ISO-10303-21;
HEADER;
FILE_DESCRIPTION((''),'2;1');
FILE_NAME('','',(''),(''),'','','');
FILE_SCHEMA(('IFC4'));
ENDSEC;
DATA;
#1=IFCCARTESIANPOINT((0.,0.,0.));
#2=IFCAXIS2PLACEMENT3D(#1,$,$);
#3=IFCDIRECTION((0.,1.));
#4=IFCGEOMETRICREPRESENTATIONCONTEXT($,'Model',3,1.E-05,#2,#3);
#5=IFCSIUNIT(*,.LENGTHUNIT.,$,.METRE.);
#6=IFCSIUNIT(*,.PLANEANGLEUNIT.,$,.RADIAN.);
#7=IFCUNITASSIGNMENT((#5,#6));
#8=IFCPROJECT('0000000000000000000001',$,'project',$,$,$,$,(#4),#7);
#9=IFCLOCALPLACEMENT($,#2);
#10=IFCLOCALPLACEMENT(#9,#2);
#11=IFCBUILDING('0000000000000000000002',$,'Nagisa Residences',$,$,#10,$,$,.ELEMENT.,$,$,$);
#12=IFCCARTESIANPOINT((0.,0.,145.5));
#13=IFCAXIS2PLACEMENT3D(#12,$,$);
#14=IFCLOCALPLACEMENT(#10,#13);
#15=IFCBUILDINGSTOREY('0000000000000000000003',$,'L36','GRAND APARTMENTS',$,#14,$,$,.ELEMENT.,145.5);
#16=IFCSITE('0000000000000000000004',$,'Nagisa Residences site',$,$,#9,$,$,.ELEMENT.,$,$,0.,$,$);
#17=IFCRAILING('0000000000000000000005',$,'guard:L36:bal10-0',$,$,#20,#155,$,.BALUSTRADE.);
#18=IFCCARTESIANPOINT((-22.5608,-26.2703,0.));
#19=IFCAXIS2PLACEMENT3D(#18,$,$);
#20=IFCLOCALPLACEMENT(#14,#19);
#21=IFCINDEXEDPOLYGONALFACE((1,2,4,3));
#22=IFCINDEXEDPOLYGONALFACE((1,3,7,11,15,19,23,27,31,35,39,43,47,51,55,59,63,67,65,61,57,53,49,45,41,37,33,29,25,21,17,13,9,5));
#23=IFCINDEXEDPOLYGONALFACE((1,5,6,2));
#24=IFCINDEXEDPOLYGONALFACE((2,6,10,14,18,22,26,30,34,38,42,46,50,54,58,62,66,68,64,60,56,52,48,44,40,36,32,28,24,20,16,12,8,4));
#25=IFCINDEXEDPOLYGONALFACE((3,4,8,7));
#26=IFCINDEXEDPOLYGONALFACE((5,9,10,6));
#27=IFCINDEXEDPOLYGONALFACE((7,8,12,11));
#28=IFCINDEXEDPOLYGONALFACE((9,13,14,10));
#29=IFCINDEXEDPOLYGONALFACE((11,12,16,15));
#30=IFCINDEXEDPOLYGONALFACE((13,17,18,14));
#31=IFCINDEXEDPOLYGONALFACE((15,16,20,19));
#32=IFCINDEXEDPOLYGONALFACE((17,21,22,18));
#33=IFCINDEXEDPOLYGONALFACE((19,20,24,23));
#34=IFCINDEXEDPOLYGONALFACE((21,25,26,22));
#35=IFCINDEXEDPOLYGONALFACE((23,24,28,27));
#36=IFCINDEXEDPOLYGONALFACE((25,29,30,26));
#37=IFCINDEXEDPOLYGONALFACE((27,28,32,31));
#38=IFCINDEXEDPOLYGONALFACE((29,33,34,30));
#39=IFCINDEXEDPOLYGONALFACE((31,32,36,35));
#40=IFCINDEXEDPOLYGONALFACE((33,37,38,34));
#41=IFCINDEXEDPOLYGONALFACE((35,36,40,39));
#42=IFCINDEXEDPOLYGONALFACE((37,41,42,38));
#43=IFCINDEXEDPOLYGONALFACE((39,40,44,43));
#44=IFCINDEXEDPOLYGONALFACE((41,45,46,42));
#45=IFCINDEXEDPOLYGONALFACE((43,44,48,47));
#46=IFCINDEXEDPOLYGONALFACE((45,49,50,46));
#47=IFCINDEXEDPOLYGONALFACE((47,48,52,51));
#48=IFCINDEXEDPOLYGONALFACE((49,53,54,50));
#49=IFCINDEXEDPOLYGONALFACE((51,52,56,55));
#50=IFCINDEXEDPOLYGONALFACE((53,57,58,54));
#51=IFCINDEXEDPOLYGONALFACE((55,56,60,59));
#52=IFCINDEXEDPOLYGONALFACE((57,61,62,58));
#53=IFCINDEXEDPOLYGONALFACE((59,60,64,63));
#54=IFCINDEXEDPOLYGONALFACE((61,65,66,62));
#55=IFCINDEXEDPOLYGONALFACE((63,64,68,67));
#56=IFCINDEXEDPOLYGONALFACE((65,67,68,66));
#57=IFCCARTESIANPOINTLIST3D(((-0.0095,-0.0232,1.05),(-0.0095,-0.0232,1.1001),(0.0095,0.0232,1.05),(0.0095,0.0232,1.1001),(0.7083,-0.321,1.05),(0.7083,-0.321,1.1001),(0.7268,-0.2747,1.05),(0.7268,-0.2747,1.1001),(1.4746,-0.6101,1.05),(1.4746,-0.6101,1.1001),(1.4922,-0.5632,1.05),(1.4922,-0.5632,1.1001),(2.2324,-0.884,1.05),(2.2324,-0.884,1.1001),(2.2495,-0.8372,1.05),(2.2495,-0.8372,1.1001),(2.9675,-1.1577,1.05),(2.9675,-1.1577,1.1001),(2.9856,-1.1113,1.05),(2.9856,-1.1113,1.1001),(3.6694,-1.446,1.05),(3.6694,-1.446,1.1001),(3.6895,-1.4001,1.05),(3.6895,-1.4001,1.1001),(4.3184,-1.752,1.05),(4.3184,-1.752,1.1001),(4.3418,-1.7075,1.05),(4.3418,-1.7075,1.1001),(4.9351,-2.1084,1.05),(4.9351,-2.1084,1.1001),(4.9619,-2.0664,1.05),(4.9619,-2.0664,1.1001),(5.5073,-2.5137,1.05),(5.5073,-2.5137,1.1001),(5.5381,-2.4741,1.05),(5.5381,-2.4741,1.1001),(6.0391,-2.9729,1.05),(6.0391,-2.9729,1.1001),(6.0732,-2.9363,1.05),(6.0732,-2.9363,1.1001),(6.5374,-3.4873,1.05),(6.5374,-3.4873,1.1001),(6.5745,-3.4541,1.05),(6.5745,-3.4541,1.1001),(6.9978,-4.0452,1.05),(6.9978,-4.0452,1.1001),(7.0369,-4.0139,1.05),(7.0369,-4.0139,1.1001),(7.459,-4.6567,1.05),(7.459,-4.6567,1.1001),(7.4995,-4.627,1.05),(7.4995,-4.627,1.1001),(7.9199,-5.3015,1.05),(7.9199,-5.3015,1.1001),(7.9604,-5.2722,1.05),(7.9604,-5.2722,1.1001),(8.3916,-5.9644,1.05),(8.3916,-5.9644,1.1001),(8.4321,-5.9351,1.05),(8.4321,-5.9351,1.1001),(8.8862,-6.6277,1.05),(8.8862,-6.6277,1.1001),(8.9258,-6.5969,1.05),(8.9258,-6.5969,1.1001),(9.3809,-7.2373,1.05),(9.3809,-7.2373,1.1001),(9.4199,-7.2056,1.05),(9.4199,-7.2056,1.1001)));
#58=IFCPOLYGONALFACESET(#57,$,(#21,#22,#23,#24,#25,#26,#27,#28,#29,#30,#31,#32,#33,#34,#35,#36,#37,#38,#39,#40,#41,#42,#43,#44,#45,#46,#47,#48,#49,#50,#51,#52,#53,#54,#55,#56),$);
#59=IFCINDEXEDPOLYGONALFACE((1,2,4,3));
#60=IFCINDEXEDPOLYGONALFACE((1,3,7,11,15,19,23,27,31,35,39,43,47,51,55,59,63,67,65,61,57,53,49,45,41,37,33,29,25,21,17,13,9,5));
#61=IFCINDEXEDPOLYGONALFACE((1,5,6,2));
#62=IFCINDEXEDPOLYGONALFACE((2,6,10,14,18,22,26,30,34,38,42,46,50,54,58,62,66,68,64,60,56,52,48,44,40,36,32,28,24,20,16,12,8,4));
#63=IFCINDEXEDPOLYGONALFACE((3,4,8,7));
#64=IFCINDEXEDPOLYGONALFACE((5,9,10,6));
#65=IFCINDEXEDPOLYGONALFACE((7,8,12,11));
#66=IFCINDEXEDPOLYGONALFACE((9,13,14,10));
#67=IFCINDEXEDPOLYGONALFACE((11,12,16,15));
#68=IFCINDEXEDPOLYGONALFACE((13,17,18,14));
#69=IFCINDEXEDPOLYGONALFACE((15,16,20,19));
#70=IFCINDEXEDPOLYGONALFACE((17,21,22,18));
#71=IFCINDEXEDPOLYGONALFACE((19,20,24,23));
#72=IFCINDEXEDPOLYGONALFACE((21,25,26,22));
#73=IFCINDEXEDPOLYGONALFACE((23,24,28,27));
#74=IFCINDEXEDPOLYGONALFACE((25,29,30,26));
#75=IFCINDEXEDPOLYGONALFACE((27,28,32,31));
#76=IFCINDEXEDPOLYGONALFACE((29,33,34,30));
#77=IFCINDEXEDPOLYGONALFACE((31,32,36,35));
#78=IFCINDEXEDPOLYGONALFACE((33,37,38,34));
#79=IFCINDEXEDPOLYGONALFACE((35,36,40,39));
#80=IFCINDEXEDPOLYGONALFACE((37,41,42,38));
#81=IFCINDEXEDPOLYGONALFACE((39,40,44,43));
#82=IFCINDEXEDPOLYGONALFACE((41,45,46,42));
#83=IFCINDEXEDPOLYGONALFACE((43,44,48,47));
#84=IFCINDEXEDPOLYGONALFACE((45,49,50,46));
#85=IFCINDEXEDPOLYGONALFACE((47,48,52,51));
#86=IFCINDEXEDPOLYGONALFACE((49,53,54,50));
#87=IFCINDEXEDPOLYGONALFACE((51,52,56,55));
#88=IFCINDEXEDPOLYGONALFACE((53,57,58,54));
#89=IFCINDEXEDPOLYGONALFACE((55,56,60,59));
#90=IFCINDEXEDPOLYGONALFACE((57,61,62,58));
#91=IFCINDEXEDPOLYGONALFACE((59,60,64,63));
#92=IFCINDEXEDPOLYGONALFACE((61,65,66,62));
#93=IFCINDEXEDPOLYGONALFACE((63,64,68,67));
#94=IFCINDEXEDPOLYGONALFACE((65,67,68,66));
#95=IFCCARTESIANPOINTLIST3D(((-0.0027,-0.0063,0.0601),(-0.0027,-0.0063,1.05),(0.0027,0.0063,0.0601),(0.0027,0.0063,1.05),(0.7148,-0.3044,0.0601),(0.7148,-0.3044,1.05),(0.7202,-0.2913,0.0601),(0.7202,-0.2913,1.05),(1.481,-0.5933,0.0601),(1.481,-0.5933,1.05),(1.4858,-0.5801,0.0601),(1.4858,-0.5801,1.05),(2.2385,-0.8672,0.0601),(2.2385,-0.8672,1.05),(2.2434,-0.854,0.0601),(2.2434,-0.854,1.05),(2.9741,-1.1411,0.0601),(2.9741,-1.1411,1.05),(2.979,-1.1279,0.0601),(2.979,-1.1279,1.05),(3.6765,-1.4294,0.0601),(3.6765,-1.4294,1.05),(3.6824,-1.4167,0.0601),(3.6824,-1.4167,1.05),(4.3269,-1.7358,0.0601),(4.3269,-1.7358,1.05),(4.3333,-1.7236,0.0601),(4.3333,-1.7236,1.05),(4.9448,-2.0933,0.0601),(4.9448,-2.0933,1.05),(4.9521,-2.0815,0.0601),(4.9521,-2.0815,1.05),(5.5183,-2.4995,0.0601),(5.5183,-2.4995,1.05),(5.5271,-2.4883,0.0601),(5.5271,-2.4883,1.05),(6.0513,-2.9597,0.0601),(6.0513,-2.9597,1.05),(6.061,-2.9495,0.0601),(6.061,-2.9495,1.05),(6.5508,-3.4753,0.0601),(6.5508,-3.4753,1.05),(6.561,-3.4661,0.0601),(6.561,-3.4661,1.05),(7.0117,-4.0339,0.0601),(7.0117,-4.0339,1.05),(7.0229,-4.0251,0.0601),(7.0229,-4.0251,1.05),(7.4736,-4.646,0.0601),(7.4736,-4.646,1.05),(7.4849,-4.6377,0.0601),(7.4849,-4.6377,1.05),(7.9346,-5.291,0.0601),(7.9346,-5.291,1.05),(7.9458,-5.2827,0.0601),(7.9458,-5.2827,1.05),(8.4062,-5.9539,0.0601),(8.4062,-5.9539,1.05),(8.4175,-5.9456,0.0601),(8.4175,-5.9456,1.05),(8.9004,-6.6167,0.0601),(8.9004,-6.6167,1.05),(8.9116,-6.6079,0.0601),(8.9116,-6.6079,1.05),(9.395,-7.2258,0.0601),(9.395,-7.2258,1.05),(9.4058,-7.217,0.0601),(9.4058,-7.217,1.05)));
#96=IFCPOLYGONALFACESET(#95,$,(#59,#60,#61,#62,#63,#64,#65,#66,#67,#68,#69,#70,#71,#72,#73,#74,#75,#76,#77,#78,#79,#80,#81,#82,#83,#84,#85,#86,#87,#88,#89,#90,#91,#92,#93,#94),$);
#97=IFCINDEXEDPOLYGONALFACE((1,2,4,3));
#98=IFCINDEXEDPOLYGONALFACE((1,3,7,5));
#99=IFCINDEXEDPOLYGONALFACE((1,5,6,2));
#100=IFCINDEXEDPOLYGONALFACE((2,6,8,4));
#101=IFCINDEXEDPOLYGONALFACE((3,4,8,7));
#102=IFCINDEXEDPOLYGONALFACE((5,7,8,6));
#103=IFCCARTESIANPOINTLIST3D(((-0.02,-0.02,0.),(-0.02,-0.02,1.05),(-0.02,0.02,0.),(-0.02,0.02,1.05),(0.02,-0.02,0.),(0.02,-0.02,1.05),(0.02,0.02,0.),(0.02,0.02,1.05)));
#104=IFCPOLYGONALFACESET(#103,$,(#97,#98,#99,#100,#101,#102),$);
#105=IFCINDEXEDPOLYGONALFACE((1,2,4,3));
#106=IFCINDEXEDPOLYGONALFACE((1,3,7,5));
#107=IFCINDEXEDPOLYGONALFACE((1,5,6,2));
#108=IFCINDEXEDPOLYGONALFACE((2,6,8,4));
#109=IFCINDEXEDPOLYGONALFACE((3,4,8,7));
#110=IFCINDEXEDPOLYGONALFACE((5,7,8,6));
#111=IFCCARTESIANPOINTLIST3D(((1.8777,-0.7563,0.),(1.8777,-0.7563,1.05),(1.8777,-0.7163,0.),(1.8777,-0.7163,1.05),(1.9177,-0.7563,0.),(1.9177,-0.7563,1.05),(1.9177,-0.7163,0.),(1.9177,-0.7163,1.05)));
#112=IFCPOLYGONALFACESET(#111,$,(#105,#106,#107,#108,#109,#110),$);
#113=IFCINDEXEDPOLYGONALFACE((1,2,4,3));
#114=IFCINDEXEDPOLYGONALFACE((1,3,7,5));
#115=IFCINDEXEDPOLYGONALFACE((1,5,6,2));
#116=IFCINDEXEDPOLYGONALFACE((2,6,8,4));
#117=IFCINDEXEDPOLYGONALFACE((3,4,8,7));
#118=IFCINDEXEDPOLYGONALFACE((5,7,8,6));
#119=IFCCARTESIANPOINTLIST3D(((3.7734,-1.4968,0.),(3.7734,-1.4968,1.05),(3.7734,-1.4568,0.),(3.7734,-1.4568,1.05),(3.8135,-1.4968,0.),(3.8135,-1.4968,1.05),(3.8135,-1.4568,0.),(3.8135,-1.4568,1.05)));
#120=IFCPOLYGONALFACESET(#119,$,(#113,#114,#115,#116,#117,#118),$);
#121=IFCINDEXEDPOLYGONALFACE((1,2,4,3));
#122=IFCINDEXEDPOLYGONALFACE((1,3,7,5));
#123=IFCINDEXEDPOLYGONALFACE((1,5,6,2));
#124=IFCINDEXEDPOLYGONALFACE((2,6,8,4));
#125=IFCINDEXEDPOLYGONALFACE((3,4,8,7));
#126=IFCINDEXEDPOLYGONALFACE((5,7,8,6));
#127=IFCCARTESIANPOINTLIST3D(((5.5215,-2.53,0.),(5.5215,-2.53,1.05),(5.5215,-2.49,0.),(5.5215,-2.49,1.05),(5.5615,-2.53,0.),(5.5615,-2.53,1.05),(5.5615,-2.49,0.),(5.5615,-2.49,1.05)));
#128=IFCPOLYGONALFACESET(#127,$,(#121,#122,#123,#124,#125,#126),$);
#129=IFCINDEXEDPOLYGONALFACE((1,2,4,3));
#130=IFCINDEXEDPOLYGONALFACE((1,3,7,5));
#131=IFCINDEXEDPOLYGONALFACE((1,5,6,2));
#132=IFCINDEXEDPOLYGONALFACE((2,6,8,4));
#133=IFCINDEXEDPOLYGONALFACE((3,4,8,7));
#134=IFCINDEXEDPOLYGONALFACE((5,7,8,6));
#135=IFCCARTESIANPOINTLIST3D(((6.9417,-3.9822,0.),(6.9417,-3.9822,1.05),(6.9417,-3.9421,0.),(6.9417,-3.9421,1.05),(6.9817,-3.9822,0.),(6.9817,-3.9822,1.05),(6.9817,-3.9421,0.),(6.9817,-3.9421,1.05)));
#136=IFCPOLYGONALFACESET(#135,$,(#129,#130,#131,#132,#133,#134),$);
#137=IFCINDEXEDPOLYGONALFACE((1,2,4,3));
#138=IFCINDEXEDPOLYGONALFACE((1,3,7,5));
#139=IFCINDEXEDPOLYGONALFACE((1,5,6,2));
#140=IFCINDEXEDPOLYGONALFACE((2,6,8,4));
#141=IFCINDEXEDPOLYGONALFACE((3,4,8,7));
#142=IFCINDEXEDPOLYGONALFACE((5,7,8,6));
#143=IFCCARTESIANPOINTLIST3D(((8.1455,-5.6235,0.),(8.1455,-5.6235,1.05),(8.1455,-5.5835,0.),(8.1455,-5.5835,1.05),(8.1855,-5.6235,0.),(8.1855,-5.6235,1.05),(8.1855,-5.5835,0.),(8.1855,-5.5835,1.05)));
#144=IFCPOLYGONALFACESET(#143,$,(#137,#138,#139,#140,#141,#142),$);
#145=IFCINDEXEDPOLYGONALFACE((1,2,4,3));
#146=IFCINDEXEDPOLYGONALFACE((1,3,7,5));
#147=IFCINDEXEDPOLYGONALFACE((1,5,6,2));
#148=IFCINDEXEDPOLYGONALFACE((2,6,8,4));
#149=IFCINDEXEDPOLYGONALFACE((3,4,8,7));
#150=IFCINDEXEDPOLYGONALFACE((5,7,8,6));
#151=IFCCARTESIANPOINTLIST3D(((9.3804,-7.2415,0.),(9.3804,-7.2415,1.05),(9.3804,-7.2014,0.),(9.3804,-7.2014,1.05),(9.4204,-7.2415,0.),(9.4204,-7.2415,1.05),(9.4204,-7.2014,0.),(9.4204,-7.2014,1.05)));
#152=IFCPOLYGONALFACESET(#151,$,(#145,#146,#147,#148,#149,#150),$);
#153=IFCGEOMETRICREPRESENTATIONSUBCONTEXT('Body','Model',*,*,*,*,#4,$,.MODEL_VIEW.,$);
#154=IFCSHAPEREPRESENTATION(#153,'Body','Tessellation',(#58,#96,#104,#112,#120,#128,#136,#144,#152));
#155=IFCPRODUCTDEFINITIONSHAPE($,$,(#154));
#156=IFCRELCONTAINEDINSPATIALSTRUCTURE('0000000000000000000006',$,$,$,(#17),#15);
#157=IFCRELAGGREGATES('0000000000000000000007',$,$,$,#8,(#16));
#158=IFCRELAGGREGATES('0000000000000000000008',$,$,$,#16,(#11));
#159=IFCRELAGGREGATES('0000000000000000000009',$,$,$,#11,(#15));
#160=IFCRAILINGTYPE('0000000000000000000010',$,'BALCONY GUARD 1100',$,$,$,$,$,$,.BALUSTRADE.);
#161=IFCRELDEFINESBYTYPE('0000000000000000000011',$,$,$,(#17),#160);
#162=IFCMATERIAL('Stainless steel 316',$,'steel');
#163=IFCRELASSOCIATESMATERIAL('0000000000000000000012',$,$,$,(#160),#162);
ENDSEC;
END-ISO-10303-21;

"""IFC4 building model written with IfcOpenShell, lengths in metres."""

from ifc_helpers import new_model, si_unit, direction, frame, origin, origin_2d, place, context, subcontext, project, spatial, polyline, rectangle, outline, extrude, material, type_object, element, save


model = new_model("IFC4")

# Units and contexts
model_context = context("Model", 3, precision=1e-05, world=origin(), true_north=direction((0.0, 1.0)))
body_context = subcontext(model_context, "Body", "Model", "MODEL_VIEW")
ifc_project = project(units=[si_unit("LENGTHUNIT", "METRE"), si_unit("PLANEANGLEUNIT", "RADIAN")], contexts=[model_context])

# Site, building, storey
site_placement = place(None, origin())
site = spatial("IfcSite", under=ifc_project, at=site_placement, Name="Nagisa Residences site", CompositionType="ELEMENT", RefElevation=0.0)
building_placement = place(site_placement, origin())
building = spatial("IfcBuilding", under=site, at=building_placement, Name="Nagisa Residences", CompositionType="ELEMENT")
storey_placement = place(building_placement, frame((0.0, 0.0, 145.5)))
storey = spatial("IfcBuildingStorey", under=building, at=storey_placement, Name="L36", Description="GRAND APARTMENTS", CompositionType="ELEMENT", Elevation=145.5)

# Railing
ifc_material_1 = material(Name="Stainless steel 316", Category="steel")
railing_type = type_object("IfcRailingType", Name="BALCONY GUARD 1100", PredefinedType="BALUSTRADE", material=ifc_material_1)
railing_placement = place(storey_placement, frame((-22.5608, -26.2703, 0.0)))
element("IfcRailing", 1, at=railing_placement, inside=storey, type_object=railing_type, Name="guard:L36:bal10-0", PredefinedType="BALUSTRADE", context=body_context, shape_type="SweptSolid", body=[
    extrude(outline(polyline([(0.7268, -0.2747), (0.0095, 0.0232), (-0.0095, -0.0232), (0.7083, -0.321), (1.4746, -0.6101), (2.2324, -0.884), (2.9675, -1.1577), (3.6694, -1.446), (4.3184, -1.752), (4.9351, -2.1084), (5.5073, -2.5137), (6.0391, -2.9729), (6.5374, -3.4873), (6.9978, -4.0452), (7.459, -4.6567), (7.9199, -5.3015), (8.3916, -5.9644), (8.8862, -6.6277), (9.3809, -7.2373), (9.4199, -7.2056), (8.9258, -6.5969), (8.4321, -5.9351), (7.9604, -5.2722), (7.4995, -4.627), (7.0369, -4.0139), (6.5745, -3.4541), (6.0732, -2.9363), (5.5381, -2.4741), (4.9619, -2.0664), (4.3418, -1.7075), (3.6895, -1.4001), (2.9856, -1.1113), (2.2495, -0.8372), (1.4922, -0.5632), (0.7268, -0.2747)])), frame((0.0, 0.0, 1.05)), (0.0, 0.0, 1.0), 0.05),
    extrude(outline(polyline([(0.7202, -0.2913), (0.0027, 0.0063), (-0.0027, -0.0063), (0.7148, -0.3044), (1.481, -0.5933), (2.2385, -0.8672), (2.9741, -1.1411), (3.6765, -1.4294), (4.3269, -1.7358), (4.9448, -2.0933), (5.5183, -2.4995), (6.0513, -2.9597), (6.5508, -3.4753), (7.0117, -4.0339), (7.4736, -4.646), (7.9346, -5.291), (8.4062, -5.9539), (8.9004, -6.6167), (9.395, -7.2258), (9.4058, -7.217), (8.9116, -6.6079), (8.4175, -5.9456), (7.9458, -5.2827), (7.4849, -4.6377), (7.0229, -4.0251), (6.561, -3.4661), (6.061, -2.9495), (5.5271, -2.4883), (4.9521, -2.0815), (4.3333, -1.7236), (3.6824, -1.4167), (2.979, -1.1279), (2.2434, -0.854), (1.4858, -0.5801), (0.7202, -0.2913)])), frame((0.0, 0.0, 0.0601)), (0.0, 0.0, 1.0), 0.99),
    extrude(rectangle(XDim=0.04, YDim=0.04, at=origin_2d()), origin(), (0.0, 0.0, 1.0), 1.05),
    extrude(rectangle(XDim=0.04, YDim=0.04, at=origin_2d()), frame((1.8977, -0.7363, 0.0)), (0.0, 0.0, 1.0), 1.05),
    extrude(rectangle(XDim=0.04, YDim=0.04, at=origin_2d()), frame((3.7935, -1.4768, 0.0)), (0.0, 0.0, 1.0), 1.05),
    extrude(rectangle(XDim=0.04, YDim=0.04, at=origin_2d()), frame((5.5415, -2.51, 0.0)), (0.0, 0.0, 1.0), 1.05),
    extrude(rectangle(XDim=0.04, YDim=0.04, at=origin_2d()), frame((6.9617, -3.9622, 0.0)), (0.0, 0.0, 1.0), 1.05),
    extrude(rectangle(XDim=0.04, YDim=0.04, at=origin_2d()), frame((8.1655, -5.6035, 0.0)), (0.0, 0.0, 1.0), 1.05),
    extrude(rectangle(XDim=0.04, YDim=0.04, at=origin_2d()), frame((9.4004, -7.2214, 0.0)), (0.0, 0.0, 1.0), 1.05),
])

save(model, "model.ifc")
